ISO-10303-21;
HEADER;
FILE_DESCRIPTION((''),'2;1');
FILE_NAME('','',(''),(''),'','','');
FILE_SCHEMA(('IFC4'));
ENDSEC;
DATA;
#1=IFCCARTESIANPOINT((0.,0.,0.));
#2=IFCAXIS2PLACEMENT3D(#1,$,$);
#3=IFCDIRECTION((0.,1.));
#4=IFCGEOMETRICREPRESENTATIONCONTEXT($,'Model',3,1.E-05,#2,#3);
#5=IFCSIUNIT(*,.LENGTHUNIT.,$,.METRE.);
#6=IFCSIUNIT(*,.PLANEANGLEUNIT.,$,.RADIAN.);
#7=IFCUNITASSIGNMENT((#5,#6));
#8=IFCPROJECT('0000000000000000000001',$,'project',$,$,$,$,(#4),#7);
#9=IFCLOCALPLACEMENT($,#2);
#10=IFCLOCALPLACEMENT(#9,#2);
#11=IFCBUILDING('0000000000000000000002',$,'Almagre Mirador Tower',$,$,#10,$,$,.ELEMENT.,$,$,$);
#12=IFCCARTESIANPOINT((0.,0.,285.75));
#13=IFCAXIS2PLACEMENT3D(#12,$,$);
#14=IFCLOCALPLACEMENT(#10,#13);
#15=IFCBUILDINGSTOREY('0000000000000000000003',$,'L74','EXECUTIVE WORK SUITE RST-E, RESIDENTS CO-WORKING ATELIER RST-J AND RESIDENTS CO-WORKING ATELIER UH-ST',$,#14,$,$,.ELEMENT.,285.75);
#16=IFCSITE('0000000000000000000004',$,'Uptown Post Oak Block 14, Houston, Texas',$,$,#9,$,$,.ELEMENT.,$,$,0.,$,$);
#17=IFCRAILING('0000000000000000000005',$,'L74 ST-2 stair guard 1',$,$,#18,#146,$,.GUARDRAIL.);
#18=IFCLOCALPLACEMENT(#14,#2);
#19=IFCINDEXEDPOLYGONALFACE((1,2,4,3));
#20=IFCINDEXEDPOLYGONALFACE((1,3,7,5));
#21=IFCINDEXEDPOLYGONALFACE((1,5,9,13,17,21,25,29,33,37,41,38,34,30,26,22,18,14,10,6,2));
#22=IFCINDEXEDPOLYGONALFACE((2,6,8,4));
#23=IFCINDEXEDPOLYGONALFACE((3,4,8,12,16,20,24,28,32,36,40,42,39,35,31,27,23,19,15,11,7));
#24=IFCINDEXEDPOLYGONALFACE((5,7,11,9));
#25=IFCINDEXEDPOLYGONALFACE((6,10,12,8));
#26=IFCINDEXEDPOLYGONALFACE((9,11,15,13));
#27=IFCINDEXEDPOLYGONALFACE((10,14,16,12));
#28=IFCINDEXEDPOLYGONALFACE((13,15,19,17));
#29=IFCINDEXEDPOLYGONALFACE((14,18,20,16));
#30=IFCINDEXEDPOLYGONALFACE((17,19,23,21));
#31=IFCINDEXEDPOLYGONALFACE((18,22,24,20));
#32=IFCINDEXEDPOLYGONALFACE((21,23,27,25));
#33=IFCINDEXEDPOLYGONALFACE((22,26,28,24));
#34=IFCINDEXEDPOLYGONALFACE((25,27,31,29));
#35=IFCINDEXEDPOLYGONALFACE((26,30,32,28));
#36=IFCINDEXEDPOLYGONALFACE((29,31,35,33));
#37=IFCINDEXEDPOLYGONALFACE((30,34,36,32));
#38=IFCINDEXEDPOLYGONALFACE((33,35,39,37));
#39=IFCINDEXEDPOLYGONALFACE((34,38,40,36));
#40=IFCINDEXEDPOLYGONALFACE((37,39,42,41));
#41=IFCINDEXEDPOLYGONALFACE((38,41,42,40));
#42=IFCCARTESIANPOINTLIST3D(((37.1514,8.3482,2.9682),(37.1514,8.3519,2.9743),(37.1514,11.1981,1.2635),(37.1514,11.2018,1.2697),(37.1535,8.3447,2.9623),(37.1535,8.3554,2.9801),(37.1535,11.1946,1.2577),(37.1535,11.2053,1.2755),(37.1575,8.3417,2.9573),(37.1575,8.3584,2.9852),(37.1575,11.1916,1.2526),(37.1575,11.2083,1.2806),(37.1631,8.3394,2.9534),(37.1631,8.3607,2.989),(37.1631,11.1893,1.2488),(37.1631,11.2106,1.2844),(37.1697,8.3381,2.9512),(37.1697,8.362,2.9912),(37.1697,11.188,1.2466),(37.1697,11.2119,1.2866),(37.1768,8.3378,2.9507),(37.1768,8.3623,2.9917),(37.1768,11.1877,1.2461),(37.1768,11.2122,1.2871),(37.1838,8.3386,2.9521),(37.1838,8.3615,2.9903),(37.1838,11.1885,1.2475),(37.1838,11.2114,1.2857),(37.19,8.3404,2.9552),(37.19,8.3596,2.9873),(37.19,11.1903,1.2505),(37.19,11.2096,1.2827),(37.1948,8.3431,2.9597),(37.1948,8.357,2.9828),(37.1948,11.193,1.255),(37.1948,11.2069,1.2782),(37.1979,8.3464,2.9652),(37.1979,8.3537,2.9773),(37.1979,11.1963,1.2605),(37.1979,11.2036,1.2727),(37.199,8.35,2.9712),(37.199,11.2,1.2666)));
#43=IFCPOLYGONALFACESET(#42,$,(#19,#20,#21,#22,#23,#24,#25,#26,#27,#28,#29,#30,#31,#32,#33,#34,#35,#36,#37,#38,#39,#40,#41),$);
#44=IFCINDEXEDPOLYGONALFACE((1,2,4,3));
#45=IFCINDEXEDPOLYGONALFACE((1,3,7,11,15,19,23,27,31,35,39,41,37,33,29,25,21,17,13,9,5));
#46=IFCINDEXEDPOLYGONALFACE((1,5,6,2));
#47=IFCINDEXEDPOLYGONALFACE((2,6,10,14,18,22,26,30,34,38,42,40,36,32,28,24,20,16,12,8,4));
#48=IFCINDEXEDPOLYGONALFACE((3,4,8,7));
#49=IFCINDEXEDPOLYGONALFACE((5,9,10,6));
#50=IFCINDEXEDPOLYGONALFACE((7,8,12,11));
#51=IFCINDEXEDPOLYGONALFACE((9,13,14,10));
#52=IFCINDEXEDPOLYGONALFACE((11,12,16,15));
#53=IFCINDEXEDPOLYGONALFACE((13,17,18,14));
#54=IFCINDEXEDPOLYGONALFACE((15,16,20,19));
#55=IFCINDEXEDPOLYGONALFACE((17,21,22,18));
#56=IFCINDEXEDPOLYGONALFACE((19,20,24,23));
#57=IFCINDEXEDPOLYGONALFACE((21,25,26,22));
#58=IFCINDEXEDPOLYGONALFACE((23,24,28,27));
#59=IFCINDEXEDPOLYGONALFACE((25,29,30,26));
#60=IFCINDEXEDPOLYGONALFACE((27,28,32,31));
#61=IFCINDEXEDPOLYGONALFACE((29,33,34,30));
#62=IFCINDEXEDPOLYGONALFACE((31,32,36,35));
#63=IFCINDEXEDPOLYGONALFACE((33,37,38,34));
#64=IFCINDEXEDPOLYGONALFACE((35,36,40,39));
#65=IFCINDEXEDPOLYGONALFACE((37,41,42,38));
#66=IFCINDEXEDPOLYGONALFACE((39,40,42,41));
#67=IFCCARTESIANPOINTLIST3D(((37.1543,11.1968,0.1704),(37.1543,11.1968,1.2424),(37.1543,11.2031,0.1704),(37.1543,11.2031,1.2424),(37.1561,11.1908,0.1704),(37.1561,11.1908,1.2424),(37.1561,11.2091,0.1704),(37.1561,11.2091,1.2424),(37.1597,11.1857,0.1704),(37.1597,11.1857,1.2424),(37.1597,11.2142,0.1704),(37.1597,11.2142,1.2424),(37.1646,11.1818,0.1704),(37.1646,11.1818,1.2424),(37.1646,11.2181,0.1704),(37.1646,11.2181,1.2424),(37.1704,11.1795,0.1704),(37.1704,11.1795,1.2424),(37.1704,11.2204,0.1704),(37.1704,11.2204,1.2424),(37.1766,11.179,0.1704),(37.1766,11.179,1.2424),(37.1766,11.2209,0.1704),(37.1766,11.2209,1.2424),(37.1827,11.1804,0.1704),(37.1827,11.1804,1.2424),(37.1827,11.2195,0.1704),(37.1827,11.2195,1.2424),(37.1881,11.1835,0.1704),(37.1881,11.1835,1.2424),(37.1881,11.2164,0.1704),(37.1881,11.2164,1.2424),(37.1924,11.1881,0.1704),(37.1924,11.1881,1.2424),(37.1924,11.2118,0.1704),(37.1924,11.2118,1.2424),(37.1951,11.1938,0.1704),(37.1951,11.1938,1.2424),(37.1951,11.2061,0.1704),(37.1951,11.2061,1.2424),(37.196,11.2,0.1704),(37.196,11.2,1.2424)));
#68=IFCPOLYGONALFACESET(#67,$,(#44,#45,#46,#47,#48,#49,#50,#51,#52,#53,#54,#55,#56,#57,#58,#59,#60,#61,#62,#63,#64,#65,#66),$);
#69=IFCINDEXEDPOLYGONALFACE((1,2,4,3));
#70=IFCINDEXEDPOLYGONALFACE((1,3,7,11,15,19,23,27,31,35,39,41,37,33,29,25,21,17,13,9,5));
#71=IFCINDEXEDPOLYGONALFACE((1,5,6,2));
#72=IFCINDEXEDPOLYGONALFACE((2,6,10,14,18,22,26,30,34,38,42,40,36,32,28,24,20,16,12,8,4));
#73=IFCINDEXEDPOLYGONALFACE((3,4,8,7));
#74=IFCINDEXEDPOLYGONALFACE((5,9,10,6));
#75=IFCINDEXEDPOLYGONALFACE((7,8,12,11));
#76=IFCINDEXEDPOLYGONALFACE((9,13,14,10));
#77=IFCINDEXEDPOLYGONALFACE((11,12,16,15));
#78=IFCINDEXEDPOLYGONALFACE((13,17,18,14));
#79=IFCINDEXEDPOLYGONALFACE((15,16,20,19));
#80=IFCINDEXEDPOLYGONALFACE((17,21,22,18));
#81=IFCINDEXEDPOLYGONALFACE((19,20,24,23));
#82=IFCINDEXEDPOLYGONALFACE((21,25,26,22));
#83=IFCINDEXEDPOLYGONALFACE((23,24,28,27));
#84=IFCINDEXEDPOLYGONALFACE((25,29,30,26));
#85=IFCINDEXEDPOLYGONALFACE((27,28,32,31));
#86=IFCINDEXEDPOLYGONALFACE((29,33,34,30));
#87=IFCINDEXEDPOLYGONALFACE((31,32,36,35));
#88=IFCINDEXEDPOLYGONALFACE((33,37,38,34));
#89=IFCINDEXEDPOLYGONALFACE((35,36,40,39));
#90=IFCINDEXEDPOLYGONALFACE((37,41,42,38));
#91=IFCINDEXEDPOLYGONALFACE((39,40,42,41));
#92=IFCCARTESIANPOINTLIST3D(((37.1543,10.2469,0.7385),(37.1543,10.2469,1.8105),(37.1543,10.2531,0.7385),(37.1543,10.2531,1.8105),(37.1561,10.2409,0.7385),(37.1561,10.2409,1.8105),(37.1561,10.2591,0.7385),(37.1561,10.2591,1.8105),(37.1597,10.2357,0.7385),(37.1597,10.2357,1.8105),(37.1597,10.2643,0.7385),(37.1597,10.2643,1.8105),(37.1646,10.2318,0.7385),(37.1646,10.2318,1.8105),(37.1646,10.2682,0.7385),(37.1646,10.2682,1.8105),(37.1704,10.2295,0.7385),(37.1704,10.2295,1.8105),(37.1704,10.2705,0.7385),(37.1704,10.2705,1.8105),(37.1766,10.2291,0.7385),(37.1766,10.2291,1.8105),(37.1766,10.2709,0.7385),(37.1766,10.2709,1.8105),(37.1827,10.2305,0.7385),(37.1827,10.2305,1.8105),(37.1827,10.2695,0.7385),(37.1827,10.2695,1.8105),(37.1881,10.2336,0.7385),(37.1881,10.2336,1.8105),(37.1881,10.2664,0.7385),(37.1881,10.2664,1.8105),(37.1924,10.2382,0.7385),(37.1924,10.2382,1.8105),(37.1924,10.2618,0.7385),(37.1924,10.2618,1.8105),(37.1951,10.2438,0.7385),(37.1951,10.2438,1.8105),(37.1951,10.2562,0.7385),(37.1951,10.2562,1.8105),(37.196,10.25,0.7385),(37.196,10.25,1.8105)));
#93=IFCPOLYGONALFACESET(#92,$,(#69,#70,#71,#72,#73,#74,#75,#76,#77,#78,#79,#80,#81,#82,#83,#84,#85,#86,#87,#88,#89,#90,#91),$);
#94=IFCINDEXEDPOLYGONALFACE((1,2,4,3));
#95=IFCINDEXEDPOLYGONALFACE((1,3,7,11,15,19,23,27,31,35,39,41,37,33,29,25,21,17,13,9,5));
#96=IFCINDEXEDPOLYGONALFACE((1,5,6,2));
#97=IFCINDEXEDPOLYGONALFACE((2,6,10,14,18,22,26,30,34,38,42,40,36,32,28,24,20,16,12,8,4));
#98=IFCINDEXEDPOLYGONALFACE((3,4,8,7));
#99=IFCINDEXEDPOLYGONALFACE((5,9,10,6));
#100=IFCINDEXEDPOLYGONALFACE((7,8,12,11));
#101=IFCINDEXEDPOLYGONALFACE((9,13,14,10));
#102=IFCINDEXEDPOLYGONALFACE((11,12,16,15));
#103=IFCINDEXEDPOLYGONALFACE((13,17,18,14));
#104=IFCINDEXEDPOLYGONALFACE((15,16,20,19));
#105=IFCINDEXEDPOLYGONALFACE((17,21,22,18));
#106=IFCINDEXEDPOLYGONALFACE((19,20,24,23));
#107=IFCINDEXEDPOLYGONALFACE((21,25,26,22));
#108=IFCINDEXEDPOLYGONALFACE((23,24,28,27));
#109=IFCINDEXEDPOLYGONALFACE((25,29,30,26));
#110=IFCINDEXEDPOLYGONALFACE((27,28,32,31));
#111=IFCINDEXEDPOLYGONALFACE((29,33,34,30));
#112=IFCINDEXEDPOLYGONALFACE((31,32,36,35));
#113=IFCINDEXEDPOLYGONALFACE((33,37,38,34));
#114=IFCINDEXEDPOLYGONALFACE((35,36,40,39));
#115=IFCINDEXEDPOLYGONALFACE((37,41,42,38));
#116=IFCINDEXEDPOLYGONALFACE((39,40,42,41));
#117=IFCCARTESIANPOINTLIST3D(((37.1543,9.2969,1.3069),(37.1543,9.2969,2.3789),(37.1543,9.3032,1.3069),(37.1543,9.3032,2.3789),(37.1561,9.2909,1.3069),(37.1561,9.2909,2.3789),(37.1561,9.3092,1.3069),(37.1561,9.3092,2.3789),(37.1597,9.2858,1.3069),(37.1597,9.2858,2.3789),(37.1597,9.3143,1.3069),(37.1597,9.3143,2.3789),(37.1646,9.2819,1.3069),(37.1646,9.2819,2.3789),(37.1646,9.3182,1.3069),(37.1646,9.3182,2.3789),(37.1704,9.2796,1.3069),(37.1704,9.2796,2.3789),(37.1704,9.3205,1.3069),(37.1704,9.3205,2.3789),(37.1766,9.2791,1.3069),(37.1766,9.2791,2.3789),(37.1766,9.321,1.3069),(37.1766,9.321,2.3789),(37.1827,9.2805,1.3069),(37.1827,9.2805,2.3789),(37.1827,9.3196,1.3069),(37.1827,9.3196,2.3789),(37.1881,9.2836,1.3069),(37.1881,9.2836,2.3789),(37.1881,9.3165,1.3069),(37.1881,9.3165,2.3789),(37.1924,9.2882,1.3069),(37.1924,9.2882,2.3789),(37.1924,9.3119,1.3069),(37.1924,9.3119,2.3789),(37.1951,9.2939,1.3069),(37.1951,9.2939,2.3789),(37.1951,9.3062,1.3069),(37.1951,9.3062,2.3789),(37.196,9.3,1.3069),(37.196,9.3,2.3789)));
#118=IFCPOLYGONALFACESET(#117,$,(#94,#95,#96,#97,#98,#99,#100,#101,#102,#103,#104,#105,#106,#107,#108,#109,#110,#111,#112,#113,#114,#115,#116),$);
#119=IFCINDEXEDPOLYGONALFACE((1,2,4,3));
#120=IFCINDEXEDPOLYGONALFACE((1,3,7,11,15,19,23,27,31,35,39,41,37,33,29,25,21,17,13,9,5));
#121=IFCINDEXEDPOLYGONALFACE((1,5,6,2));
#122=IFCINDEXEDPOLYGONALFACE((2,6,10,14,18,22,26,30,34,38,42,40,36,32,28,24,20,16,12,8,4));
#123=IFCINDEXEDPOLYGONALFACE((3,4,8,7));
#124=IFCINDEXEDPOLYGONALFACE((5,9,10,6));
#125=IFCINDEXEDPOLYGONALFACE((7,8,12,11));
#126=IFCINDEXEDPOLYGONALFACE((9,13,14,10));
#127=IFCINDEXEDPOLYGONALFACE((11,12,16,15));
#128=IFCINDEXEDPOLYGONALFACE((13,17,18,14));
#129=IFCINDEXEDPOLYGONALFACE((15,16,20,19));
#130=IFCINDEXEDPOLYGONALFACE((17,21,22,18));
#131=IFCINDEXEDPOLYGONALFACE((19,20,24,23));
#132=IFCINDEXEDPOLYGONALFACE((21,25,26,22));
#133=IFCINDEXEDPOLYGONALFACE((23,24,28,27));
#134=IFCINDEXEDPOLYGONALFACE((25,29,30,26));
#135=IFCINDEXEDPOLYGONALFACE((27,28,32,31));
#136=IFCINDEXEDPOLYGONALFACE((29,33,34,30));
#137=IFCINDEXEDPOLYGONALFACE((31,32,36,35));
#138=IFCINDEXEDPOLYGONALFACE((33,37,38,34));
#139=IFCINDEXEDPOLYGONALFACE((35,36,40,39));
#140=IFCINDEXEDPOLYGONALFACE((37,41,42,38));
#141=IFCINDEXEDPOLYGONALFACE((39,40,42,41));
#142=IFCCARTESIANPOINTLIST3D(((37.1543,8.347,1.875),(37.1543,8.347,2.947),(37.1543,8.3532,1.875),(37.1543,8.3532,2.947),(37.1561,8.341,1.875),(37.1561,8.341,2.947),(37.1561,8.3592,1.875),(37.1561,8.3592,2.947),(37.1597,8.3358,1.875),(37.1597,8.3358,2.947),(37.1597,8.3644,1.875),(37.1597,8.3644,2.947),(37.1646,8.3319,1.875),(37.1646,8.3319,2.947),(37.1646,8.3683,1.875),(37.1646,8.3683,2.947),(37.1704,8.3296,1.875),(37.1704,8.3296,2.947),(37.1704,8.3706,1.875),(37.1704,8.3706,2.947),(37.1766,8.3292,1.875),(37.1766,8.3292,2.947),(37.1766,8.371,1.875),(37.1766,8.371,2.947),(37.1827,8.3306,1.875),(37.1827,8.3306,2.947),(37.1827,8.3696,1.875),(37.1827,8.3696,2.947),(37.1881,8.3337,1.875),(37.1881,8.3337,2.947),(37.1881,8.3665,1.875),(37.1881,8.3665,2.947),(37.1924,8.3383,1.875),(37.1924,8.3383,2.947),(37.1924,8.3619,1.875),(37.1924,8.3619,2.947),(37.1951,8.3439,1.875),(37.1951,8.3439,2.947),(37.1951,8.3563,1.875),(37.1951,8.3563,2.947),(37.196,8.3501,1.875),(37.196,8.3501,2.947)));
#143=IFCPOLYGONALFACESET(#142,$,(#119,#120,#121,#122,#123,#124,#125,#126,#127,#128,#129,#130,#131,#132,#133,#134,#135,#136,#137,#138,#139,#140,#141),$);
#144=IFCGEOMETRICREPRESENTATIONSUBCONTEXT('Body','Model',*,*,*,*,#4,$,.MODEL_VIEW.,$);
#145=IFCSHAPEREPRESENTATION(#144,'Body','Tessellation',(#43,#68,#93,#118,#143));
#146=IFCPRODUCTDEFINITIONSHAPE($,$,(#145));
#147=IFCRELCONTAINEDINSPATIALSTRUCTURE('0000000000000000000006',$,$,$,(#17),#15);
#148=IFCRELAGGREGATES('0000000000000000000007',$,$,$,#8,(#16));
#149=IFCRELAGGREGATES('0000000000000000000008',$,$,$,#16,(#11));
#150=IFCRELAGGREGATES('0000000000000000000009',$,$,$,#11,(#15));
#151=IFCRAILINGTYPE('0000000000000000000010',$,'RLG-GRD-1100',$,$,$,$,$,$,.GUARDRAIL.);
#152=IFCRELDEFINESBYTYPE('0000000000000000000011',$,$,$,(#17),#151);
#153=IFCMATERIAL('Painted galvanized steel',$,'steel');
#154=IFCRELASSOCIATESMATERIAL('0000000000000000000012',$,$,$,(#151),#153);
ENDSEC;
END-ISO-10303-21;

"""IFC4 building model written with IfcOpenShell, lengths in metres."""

from ifc_helpers import new_model, si_unit, direction, frame, origin, origin_2d, place, context, subcontext, project, spatial, circle, extrude, material, type_object, element, save


model = new_model("IFC4")

# Units and contexts
model_context = context("Model", 3, precision=1e-05, world=origin(), true_north=direction((0.0, 1.0)))
body_context = subcontext(model_context, "Body", "Model", "MODEL_VIEW")
ifc_project = project(units=[si_unit("LENGTHUNIT", "METRE"), si_unit("PLANEANGLEUNIT", "RADIAN")], contexts=[model_context])

# Site, building, storey
site_placement = place(None, origin())
site = spatial("IfcSite", under=ifc_project, at=site_placement, Name="Uptown Post Oak Block 14, Houston, Texas", CompositionType="ELEMENT", RefElevation=0.0)
building_placement = place(site_placement, origin())
building = spatial("IfcBuilding", under=site, at=building_placement, Name="Almagre Mirador Tower", CompositionType="ELEMENT")
storey_placement = place(building_placement, frame((0.0, 0.0, 285.75)))
storey = spatial("IfcBuildingStorey", under=building, at=storey_placement, Name="L74", Description="EXECUTIVE WORK SUITE RST-E, RESIDENTS CO-WORKING ATELIER RST-J AND RESIDENTS CO-WORKING ATELIER UH-ST", CompositionType="ELEMENT", Elevation=285.75)

# Railing
ifc_material_1 = material(Name="Painted galvanized steel", Category="steel")
railing_type_1 = type_object("IfcRailingType", Name="RLG-GRD-1100", PredefinedType="GUARDRAIL", material=ifc_material_1)
railing_1_placement = place(storey_placement, frame((37.175, 11.2, 0.1704)))
element("IfcRailing", 1, at=railing_1_placement, inside=storey, type_object=railing_type_1, Name="L74 ST-2 stair guard 1", PredefinedType="GUARDRAIL", context=body_context, shape_type="SweptSolid", body=[
    extrude(circle(Radius=0.0239, at=origin_2d()), frame((0.0, 0.0, 1.0962), z_axis=(0.0, -0.858199, 0.513317), x_axis=(1.0, 0.0, 0.0)), (0.0, 0.0, 1.0), 3.3208),
    extrude(circle(Radius=0.021, at=origin_2d()), origin(), (0.0, 0.0, 1.0), 1.072),
    extrude(circle(Radius=0.021, at=origin_2d()), frame((0.0, -0.95, 0.5681)), (0.0, 0.0, 1.0), 1.072),
    extrude(circle(Radius=0.021, at=origin_2d()), frame((0.0, -1.8999, 1.1365)), (0.0, 0.0, 1.0), 1.072),
    extrude(circle(Radius=0.021, at=origin_2d()), frame((0.0, -2.8499, 1.7046)), (0.0, 0.0, 1.0), 1.072),
])

save(model, "model.ifc")
